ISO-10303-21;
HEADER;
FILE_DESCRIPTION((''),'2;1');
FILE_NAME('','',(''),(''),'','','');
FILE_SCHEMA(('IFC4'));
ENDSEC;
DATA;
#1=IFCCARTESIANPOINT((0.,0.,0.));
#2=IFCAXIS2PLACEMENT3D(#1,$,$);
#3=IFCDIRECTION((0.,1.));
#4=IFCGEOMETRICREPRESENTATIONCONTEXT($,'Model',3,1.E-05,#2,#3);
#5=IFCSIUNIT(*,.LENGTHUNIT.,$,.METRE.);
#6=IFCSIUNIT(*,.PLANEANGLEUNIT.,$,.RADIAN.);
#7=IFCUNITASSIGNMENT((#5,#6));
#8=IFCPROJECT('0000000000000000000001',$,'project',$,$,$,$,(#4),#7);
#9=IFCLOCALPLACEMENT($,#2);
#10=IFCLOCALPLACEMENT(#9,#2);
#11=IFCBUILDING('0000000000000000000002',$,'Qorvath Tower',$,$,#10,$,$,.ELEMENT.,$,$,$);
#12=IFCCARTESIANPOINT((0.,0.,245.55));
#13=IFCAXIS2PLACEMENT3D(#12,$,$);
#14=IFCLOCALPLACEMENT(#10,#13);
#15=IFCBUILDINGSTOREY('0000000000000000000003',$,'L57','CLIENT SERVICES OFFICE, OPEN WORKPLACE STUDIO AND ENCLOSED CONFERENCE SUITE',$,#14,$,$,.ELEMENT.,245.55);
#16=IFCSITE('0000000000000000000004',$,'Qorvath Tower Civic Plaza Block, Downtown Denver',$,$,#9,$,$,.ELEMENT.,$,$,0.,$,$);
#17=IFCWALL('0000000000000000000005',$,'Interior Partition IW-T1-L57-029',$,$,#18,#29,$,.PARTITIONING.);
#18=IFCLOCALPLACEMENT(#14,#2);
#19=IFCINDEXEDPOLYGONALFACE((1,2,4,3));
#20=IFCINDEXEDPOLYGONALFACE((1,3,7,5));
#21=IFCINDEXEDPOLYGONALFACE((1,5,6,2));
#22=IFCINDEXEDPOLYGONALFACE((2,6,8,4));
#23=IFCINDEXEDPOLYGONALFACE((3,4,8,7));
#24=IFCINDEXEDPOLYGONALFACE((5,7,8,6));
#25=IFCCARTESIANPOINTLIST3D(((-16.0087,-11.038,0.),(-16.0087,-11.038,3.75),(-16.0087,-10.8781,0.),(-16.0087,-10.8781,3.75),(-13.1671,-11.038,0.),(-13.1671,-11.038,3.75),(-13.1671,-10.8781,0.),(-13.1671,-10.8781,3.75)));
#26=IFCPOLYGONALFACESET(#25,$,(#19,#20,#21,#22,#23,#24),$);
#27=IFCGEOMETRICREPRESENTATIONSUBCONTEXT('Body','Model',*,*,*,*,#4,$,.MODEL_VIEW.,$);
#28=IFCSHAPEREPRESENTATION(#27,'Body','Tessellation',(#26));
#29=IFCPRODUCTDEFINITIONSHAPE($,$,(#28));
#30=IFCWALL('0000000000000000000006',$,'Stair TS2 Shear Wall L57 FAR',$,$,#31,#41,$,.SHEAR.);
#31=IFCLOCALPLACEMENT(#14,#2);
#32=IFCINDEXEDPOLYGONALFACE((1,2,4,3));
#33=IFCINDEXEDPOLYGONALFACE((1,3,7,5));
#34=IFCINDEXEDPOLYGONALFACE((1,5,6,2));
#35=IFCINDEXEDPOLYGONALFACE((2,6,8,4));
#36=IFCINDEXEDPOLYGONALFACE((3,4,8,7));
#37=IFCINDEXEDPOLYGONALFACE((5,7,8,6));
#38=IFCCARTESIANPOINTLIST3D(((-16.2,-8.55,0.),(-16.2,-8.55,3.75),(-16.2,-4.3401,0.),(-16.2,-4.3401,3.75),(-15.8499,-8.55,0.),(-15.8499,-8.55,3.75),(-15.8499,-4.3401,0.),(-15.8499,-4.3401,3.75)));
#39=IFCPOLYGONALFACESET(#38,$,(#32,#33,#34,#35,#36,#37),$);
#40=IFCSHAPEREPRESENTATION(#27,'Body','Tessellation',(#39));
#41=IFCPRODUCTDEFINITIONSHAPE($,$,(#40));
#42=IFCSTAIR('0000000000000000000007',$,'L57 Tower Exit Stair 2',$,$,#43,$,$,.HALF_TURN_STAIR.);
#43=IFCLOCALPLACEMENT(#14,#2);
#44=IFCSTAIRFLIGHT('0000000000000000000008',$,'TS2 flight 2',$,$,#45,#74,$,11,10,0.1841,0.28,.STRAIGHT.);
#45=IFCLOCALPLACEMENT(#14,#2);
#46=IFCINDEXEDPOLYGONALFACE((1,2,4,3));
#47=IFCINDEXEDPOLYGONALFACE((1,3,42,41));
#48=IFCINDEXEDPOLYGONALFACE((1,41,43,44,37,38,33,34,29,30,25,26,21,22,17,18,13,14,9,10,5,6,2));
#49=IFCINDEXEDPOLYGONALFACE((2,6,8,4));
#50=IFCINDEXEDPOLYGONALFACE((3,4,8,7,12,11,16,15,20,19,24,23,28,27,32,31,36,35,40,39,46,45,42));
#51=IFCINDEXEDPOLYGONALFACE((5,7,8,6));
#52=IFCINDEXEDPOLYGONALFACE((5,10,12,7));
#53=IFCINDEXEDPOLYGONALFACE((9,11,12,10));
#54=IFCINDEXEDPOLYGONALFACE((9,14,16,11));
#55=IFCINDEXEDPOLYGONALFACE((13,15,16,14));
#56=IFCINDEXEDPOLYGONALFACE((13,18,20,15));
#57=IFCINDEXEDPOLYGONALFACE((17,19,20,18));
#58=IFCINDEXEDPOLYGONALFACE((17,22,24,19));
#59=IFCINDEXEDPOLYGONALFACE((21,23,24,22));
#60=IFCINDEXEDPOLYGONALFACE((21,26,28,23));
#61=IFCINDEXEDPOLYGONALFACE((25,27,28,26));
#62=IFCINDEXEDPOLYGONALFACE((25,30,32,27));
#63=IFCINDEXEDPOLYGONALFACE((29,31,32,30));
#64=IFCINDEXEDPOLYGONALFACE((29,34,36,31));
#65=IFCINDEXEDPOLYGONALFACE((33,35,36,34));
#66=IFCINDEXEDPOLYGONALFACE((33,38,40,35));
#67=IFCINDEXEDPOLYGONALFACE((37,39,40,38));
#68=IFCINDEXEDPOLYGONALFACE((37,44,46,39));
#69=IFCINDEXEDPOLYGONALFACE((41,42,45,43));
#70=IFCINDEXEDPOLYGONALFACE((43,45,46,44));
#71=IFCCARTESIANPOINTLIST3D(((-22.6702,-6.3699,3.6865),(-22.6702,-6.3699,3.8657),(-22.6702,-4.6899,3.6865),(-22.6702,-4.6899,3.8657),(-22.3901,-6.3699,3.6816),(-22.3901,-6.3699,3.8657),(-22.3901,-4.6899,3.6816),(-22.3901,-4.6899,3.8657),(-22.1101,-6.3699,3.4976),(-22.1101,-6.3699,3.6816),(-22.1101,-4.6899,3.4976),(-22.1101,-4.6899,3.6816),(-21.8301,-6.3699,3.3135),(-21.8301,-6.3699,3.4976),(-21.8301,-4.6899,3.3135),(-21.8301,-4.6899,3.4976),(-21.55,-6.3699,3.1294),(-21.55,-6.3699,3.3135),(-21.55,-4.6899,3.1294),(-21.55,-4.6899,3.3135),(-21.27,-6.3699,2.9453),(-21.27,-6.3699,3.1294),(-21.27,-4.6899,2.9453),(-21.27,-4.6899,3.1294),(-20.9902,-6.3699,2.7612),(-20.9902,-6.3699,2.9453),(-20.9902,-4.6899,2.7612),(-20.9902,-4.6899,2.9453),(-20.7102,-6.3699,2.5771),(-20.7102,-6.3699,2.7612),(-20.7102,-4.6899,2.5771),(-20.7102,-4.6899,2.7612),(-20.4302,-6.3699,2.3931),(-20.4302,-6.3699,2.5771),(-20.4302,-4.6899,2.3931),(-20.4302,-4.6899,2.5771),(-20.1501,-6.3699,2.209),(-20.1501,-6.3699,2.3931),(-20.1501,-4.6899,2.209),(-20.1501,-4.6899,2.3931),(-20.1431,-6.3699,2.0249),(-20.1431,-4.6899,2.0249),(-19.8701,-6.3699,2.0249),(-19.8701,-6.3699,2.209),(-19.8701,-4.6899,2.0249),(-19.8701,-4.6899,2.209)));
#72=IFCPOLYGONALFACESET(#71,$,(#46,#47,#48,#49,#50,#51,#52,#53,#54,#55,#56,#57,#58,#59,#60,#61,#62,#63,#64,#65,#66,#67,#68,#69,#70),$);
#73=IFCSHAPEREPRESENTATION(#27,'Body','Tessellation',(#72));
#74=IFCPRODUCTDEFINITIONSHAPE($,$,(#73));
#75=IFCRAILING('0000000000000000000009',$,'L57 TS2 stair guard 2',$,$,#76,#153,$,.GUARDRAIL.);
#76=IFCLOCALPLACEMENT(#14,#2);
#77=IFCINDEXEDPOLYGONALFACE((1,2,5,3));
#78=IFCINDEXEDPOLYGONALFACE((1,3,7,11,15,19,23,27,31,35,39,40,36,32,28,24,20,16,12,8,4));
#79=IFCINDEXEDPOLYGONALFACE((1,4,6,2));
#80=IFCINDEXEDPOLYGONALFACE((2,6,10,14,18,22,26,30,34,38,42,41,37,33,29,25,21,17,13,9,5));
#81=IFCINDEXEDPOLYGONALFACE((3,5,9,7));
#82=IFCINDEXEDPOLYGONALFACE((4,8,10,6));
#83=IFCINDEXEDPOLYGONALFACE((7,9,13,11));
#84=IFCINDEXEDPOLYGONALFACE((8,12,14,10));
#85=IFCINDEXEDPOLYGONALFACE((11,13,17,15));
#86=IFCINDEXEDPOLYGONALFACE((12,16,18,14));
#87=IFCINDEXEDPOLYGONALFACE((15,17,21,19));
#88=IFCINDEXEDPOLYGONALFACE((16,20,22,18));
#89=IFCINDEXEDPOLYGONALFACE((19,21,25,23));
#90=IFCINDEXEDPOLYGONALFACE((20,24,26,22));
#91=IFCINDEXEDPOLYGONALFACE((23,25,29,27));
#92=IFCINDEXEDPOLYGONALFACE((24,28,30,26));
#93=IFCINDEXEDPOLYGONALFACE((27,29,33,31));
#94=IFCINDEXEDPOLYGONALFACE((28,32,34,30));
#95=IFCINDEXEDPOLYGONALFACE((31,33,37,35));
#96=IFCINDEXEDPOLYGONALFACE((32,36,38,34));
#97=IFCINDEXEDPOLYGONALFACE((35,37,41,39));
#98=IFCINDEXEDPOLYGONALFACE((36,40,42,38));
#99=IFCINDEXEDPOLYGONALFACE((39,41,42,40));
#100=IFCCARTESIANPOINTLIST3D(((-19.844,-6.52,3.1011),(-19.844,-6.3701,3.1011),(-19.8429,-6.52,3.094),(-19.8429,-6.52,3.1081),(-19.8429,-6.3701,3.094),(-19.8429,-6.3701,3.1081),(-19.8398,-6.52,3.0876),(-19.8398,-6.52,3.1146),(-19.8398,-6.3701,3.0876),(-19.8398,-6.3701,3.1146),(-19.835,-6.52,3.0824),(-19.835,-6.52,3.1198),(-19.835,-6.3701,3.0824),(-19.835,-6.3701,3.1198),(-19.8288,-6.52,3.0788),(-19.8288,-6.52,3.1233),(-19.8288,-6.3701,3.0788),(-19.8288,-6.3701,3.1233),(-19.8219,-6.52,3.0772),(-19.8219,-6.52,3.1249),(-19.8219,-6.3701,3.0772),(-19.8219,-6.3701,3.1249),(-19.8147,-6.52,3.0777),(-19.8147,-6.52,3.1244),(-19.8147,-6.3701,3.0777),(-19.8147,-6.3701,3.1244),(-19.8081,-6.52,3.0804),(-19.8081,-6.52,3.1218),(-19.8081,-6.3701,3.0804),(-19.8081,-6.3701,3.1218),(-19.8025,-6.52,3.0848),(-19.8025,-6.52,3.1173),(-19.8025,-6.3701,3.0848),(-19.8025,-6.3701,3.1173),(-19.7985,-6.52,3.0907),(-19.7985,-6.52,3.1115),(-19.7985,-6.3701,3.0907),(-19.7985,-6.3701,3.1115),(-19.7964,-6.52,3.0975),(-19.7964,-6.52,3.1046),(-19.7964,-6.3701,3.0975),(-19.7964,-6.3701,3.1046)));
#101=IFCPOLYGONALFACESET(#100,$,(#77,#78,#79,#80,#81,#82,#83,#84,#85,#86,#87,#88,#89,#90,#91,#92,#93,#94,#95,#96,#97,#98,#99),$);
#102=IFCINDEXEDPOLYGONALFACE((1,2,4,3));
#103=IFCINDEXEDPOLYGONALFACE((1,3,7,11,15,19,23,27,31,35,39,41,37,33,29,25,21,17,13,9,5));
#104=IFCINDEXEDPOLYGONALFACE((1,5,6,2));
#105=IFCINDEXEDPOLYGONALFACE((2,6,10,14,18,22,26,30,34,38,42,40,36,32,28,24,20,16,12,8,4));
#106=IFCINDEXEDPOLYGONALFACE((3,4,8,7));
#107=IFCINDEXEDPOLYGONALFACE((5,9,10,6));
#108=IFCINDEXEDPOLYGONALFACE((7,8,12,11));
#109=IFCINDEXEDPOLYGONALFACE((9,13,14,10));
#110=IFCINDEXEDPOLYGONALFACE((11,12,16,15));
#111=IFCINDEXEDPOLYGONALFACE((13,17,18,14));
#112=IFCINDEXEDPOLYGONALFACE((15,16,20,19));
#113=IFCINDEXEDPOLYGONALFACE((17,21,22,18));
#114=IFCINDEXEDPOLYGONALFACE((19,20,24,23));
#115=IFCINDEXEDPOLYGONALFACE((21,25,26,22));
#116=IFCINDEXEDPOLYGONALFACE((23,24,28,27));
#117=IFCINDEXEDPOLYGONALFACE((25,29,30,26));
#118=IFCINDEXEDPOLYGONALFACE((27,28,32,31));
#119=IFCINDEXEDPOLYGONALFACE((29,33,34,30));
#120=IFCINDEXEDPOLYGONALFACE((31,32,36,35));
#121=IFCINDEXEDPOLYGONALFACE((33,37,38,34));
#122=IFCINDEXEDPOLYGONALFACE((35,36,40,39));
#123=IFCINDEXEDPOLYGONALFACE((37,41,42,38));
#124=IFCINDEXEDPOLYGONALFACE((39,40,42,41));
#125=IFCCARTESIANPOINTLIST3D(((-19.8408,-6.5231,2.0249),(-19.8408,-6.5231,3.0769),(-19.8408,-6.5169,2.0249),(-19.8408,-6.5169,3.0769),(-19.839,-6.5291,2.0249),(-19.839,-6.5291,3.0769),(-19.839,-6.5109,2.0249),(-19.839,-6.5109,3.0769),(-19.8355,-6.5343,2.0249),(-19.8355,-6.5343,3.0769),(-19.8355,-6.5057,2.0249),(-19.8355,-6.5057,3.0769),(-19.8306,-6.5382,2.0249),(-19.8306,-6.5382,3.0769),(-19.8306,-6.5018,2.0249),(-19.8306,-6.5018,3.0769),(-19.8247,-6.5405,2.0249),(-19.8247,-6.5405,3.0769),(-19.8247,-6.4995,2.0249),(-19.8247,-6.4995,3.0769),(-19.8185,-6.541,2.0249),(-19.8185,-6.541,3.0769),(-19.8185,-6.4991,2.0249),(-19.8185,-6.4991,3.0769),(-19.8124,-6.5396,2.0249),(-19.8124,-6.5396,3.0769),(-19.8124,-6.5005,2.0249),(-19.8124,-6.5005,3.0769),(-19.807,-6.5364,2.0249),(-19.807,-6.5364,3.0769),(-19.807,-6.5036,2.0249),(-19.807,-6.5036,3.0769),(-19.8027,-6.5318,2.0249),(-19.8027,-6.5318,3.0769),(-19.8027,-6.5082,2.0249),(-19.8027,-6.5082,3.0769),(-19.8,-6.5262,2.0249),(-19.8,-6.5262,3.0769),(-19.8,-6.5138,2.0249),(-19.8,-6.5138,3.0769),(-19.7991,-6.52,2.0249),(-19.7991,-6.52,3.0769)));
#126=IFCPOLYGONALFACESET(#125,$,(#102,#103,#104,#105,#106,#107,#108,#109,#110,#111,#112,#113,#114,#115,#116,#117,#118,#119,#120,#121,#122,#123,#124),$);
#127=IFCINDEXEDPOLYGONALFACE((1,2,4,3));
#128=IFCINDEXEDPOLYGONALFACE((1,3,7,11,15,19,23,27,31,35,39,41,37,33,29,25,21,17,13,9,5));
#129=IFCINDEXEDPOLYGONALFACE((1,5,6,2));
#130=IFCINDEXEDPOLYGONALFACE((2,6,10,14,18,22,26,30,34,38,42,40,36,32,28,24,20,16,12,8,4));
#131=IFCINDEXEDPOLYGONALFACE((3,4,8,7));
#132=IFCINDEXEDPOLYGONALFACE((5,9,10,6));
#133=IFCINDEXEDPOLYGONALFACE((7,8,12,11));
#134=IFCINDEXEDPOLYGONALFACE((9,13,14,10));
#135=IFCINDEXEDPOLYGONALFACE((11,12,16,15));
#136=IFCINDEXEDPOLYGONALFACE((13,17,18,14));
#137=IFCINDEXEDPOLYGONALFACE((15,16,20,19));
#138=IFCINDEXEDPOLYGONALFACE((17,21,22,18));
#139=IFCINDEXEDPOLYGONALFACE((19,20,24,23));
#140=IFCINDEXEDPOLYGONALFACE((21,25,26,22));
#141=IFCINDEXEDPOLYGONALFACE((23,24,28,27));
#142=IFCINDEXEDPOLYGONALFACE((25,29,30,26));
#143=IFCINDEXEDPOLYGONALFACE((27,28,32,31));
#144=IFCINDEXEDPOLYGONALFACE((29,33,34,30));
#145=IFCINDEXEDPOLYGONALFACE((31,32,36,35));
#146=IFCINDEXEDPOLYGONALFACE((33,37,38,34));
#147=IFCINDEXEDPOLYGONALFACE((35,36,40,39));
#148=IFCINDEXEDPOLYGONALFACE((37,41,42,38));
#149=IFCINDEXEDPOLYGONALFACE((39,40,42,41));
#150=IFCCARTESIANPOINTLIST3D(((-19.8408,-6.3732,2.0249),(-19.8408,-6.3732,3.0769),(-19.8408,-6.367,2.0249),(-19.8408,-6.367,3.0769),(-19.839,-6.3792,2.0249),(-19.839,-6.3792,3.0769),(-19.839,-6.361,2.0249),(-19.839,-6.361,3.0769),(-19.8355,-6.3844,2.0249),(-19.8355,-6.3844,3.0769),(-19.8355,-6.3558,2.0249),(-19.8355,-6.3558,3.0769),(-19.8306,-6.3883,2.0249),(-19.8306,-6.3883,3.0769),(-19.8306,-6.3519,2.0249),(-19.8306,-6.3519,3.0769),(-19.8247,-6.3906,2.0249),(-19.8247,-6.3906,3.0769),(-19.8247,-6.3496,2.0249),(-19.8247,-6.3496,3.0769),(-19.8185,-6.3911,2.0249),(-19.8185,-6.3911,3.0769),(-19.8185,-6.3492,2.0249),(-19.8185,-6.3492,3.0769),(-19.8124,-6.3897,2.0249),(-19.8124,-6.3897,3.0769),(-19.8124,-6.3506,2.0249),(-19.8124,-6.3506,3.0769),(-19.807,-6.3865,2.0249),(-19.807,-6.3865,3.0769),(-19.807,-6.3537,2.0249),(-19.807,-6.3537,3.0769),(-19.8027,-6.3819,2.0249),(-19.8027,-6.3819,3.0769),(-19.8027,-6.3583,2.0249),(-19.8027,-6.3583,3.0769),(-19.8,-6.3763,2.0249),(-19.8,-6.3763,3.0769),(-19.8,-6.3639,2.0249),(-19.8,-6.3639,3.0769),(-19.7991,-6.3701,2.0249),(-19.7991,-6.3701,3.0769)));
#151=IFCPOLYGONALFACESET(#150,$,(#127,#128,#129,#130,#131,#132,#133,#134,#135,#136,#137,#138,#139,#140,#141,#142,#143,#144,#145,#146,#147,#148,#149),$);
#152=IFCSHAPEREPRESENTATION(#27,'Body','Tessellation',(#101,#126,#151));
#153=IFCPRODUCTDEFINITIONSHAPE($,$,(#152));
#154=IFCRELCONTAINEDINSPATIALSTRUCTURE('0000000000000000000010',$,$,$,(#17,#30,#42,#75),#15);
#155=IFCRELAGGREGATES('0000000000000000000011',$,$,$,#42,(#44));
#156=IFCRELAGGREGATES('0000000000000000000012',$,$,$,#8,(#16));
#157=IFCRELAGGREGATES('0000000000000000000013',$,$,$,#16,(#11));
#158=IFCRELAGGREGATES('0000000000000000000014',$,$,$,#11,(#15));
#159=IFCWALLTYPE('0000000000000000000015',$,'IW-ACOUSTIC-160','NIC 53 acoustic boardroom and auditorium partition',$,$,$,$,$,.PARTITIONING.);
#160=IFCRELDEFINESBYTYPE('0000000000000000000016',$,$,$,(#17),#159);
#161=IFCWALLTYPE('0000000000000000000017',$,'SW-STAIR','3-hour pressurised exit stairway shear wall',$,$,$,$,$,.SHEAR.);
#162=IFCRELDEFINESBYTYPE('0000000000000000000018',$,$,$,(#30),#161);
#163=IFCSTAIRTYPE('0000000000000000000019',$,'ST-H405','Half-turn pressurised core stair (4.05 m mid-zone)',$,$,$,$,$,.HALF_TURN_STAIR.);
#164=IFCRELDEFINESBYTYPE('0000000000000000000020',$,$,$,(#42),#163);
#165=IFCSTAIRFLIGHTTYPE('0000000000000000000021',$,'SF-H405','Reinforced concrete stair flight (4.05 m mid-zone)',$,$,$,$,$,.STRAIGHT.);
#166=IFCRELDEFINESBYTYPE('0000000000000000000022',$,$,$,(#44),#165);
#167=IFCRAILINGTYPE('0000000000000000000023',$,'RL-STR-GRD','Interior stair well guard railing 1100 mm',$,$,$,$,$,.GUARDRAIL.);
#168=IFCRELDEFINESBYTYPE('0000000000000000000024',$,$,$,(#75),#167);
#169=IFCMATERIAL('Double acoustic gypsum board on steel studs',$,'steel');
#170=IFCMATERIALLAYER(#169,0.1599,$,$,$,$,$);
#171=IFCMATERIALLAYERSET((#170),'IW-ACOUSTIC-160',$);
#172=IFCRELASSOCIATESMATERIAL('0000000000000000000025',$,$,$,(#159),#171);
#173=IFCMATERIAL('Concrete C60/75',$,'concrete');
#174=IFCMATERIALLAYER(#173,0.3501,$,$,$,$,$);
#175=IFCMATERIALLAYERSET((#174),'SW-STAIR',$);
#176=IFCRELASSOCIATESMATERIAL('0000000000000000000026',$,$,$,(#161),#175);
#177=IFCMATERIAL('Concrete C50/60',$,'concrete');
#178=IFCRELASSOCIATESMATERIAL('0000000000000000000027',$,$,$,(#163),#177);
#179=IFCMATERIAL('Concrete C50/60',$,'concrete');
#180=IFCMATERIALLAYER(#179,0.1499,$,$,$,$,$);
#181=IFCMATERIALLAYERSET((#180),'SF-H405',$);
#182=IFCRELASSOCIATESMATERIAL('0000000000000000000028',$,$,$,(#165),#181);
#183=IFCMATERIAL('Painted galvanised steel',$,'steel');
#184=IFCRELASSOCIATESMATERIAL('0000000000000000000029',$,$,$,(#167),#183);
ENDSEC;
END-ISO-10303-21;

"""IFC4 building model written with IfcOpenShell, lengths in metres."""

from ifc_helpers import new_model, si_unit, direction, frame, frame_2d, origin, origin_2d, place, context, subcontext, project, spatial, polyline, rectangle, circle, outline, extrude, material, layer, layer_set, type_object, element, aggregate, save


model = new_model("IFC4")

# Units and contexts
model_context = context("Model", 3, precision=1e-05, world=origin(), true_north=direction((0.0, 1.0)))
body_context = subcontext(model_context, "Body", "Model", "MODEL_VIEW")
ifc_project = project(units=[si_unit("LENGTHUNIT", "METRE"), si_unit("PLANEANGLEUNIT", "RADIAN")], contexts=[model_context])

# Site, building, storey
site_placement = place(None, origin())
site = spatial("IfcSite", under=ifc_project, at=site_placement, Name="Qorvath Tower Civic Plaza Block, Downtown Denver", CompositionType="ELEMENT", RefElevation=0.0)
building_placement = place(site_placement, origin())
building = spatial("IfcBuilding", under=site, at=building_placement, Name="Qorvath Tower", CompositionType="ELEMENT")
storey_placement = place(building_placement, frame((0.0, 0.0, 245.55)))
storey = spatial("IfcBuildingStorey", under=building, at=storey_placement, Name="L57", Description="CLIENT SERVICES OFFICE, OPEN WORKPLACE STUDIO AND ENCLOSED CONFERENCE SUITE", CompositionType="ELEMENT", Elevation=245.55)

# Wall
ifc_material_1 = material(Name="Double acoustic gypsum board on steel studs", Category="steel")
ifc_layer_1 = layer(ifc_material_1, 0.1599)
ifc_layer_set_1 = layer_set([ifc_layer_1], Name="IW-ACOUSTIC-160")
wall_type_1 = type_object("IfcWallType", Name="IW-ACOUSTIC-160", Description="NIC 53 acoustic boardroom and auditorium partition", PredefinedType="PARTITIONING", material=ifc_layer_set_1)
wall_1_placement = place(storey_placement, frame((-13.167, -10.958, 0.0), z_axis=(0.0, 0.0, 1.0), x_axis=(-1.0, 0.0, 0.0)))
element("IfcWall", 1, at=wall_1_placement, inside=storey, type_object=wall_type_1, Name="Interior Partition IW-T1-L57-029", PredefinedType="PARTITIONING", context=body_context, shape_type="SweptSolid", body=[
    extrude(rectangle(XDim=2.8416, YDim=0.1599, at=frame_2d((1.4209, 0.0))), origin(), (0.0, 0.0, 1.0), 3.75),
])

# Wall
ifc_material_2 = material(Name="Concrete C60/75", Category="concrete")
ifc_layer_2 = layer(ifc_material_2, 0.3501)
ifc_layer_set_2 = layer_set([ifc_layer_2], Name="SW-STAIR")
wall_type_2 = type_object("IfcWallType", Name="SW-STAIR", Description="3-hour pressurised exit stairway shear wall", PredefinedType="SHEAR", material=ifc_layer_set_2)
wall_2_placement = place(storey_placement, frame((-16.0249, -8.55, 0.0), z_axis=(0.0, 0.0, 1.0), x_axis=(0.0, 1.0, 0.0)))
element("IfcWall", 2, at=wall_2_placement, inside=storey, type_object=wall_type_2, Name="Stair TS2 Shear Wall L57 FAR", PredefinedType="SHEAR", context=body_context, shape_type="SweptSolid", body=[
    extrude(rectangle(XDim=4.21, YDim=0.3501, at=frame_2d((2.105, 0.0))), origin(), (0.0, 0.0, 1.0), 3.75),
])

# Stair, stair flight
ifc_material_3 = material(Name="Concrete C50/60", Category="concrete")
stair_type = type_object("IfcStairType", Name="ST-H405", Description="Half-turn pressurised core stair (4.05 m mid-zone)", PredefinedType="HALF_TURN_STAIR", material=ifc_material_3)
stair_placement = place(storey_placement, origin())
stair = element("IfcStair", 3, at=stair_placement, inside=storey, type_object=stair_type, Name="L57 Tower Exit Stair 2", PredefinedType="HALF_TURN_STAIR")
ifc_material_4 = material(Name="Concrete C50/60", Category="concrete")
ifc_layer_3 = layer(ifc_material_4, 0.1499)
ifc_layer_set_3 = layer_set([ifc_layer_3], Name="SF-H405")
stair_flight_type = type_object("IfcStairFlightType", Name="SF-H405", Description="Reinforced concrete stair flight (4.05 m mid-zone)", PredefinedType="STRAIGHT", material=ifc_layer_set_3)
stair_flight_placement = place(storey_placement, frame((-19.8701, -5.53, 2.0249), z_axis=(0.0, 0.0, 1.0), x_axis=(-1.0, 0.0, 0.0)))
stair_flight = element("IfcStairFlight", 4, at=stair_flight_placement, type_object=stair_flight_type, Name="TS2 flight 2", NumberOfRisers=11, NumberOfTreads=10, PredefinedType="STRAIGHT", RiserHeight=0.1841, TreadLength=0.28, context=body_context, shape_type="SweptSolid", body=[
    extrude(outline(polyline([(0.0, 0.0), (0.0, 0.1841), (0.28, 0.1841), (0.28, 0.3682), (0.5601, 0.3682), (0.5601, 0.5522), (0.8401, 0.5522), (0.8401, 0.7363), (1.1201, 0.7363), (1.1201, 0.9204), (1.3999, 0.9204), (1.3999, 1.1045), (1.6799, 1.1045), (1.6799, 1.2886), (1.96, 1.2886), (1.96, 1.4727), (2.24, 1.4727), (2.24, 1.6567), (2.52, 1.6567), (2.52, 1.8408), (2.8, 1.8408), (2.8, 2.0249), (2.8, 1.6616), (0.2729, 0.0), (0.0, 0.0)])), frame((0.0, 0.8398, 0.0), z_axis=(0.0, -1.0, 0.0), x_axis=(1.0, 0.0, 0.0)), (0.0, 0.0, 1.0), 1.6799),
])
aggregate(stair, [stair_flight])

# Railing
ifc_material_5 = material(Name="Painted galvanised steel", Category="steel")
railing_type_1 = type_object("IfcRailingType", Name="RL-STR-GRD", Description="Interior stair well guard railing 1100 mm", PredefinedType="GUARDRAIL", material=ifc_material_5)
railing_1_placement = place(storey_placement, frame((-19.8201, -6.52, 2.0249)))
element("IfcRailing", 5, at=railing_1_placement, inside=storey, type_object=railing_type_1, Name="L57 TS2 stair guard 2", PredefinedType="GUARDRAIL", context=body_context, shape_type="SweptSolid", body=[
    extrude(circle(Radius=0.0239, at=origin_2d()), frame((0.0, 0.0, 1.0762), z_axis=(0.0, 1.0, 0.0), x_axis=(-1.0, 0.0, 0.0)), (0.0, 0.0, 1.0), 0.1499),
    extrude(circle(Radius=0.021, at=origin_2d()), origin(), (0.0, 0.0, 1.0), 1.052),
    extrude(circle(Radius=0.021, at=origin_2d()), frame((0.0, 0.1499, 0.0)), (0.0, 0.0, 1.0), 1.052),
])

save(model, "model.ifc")
